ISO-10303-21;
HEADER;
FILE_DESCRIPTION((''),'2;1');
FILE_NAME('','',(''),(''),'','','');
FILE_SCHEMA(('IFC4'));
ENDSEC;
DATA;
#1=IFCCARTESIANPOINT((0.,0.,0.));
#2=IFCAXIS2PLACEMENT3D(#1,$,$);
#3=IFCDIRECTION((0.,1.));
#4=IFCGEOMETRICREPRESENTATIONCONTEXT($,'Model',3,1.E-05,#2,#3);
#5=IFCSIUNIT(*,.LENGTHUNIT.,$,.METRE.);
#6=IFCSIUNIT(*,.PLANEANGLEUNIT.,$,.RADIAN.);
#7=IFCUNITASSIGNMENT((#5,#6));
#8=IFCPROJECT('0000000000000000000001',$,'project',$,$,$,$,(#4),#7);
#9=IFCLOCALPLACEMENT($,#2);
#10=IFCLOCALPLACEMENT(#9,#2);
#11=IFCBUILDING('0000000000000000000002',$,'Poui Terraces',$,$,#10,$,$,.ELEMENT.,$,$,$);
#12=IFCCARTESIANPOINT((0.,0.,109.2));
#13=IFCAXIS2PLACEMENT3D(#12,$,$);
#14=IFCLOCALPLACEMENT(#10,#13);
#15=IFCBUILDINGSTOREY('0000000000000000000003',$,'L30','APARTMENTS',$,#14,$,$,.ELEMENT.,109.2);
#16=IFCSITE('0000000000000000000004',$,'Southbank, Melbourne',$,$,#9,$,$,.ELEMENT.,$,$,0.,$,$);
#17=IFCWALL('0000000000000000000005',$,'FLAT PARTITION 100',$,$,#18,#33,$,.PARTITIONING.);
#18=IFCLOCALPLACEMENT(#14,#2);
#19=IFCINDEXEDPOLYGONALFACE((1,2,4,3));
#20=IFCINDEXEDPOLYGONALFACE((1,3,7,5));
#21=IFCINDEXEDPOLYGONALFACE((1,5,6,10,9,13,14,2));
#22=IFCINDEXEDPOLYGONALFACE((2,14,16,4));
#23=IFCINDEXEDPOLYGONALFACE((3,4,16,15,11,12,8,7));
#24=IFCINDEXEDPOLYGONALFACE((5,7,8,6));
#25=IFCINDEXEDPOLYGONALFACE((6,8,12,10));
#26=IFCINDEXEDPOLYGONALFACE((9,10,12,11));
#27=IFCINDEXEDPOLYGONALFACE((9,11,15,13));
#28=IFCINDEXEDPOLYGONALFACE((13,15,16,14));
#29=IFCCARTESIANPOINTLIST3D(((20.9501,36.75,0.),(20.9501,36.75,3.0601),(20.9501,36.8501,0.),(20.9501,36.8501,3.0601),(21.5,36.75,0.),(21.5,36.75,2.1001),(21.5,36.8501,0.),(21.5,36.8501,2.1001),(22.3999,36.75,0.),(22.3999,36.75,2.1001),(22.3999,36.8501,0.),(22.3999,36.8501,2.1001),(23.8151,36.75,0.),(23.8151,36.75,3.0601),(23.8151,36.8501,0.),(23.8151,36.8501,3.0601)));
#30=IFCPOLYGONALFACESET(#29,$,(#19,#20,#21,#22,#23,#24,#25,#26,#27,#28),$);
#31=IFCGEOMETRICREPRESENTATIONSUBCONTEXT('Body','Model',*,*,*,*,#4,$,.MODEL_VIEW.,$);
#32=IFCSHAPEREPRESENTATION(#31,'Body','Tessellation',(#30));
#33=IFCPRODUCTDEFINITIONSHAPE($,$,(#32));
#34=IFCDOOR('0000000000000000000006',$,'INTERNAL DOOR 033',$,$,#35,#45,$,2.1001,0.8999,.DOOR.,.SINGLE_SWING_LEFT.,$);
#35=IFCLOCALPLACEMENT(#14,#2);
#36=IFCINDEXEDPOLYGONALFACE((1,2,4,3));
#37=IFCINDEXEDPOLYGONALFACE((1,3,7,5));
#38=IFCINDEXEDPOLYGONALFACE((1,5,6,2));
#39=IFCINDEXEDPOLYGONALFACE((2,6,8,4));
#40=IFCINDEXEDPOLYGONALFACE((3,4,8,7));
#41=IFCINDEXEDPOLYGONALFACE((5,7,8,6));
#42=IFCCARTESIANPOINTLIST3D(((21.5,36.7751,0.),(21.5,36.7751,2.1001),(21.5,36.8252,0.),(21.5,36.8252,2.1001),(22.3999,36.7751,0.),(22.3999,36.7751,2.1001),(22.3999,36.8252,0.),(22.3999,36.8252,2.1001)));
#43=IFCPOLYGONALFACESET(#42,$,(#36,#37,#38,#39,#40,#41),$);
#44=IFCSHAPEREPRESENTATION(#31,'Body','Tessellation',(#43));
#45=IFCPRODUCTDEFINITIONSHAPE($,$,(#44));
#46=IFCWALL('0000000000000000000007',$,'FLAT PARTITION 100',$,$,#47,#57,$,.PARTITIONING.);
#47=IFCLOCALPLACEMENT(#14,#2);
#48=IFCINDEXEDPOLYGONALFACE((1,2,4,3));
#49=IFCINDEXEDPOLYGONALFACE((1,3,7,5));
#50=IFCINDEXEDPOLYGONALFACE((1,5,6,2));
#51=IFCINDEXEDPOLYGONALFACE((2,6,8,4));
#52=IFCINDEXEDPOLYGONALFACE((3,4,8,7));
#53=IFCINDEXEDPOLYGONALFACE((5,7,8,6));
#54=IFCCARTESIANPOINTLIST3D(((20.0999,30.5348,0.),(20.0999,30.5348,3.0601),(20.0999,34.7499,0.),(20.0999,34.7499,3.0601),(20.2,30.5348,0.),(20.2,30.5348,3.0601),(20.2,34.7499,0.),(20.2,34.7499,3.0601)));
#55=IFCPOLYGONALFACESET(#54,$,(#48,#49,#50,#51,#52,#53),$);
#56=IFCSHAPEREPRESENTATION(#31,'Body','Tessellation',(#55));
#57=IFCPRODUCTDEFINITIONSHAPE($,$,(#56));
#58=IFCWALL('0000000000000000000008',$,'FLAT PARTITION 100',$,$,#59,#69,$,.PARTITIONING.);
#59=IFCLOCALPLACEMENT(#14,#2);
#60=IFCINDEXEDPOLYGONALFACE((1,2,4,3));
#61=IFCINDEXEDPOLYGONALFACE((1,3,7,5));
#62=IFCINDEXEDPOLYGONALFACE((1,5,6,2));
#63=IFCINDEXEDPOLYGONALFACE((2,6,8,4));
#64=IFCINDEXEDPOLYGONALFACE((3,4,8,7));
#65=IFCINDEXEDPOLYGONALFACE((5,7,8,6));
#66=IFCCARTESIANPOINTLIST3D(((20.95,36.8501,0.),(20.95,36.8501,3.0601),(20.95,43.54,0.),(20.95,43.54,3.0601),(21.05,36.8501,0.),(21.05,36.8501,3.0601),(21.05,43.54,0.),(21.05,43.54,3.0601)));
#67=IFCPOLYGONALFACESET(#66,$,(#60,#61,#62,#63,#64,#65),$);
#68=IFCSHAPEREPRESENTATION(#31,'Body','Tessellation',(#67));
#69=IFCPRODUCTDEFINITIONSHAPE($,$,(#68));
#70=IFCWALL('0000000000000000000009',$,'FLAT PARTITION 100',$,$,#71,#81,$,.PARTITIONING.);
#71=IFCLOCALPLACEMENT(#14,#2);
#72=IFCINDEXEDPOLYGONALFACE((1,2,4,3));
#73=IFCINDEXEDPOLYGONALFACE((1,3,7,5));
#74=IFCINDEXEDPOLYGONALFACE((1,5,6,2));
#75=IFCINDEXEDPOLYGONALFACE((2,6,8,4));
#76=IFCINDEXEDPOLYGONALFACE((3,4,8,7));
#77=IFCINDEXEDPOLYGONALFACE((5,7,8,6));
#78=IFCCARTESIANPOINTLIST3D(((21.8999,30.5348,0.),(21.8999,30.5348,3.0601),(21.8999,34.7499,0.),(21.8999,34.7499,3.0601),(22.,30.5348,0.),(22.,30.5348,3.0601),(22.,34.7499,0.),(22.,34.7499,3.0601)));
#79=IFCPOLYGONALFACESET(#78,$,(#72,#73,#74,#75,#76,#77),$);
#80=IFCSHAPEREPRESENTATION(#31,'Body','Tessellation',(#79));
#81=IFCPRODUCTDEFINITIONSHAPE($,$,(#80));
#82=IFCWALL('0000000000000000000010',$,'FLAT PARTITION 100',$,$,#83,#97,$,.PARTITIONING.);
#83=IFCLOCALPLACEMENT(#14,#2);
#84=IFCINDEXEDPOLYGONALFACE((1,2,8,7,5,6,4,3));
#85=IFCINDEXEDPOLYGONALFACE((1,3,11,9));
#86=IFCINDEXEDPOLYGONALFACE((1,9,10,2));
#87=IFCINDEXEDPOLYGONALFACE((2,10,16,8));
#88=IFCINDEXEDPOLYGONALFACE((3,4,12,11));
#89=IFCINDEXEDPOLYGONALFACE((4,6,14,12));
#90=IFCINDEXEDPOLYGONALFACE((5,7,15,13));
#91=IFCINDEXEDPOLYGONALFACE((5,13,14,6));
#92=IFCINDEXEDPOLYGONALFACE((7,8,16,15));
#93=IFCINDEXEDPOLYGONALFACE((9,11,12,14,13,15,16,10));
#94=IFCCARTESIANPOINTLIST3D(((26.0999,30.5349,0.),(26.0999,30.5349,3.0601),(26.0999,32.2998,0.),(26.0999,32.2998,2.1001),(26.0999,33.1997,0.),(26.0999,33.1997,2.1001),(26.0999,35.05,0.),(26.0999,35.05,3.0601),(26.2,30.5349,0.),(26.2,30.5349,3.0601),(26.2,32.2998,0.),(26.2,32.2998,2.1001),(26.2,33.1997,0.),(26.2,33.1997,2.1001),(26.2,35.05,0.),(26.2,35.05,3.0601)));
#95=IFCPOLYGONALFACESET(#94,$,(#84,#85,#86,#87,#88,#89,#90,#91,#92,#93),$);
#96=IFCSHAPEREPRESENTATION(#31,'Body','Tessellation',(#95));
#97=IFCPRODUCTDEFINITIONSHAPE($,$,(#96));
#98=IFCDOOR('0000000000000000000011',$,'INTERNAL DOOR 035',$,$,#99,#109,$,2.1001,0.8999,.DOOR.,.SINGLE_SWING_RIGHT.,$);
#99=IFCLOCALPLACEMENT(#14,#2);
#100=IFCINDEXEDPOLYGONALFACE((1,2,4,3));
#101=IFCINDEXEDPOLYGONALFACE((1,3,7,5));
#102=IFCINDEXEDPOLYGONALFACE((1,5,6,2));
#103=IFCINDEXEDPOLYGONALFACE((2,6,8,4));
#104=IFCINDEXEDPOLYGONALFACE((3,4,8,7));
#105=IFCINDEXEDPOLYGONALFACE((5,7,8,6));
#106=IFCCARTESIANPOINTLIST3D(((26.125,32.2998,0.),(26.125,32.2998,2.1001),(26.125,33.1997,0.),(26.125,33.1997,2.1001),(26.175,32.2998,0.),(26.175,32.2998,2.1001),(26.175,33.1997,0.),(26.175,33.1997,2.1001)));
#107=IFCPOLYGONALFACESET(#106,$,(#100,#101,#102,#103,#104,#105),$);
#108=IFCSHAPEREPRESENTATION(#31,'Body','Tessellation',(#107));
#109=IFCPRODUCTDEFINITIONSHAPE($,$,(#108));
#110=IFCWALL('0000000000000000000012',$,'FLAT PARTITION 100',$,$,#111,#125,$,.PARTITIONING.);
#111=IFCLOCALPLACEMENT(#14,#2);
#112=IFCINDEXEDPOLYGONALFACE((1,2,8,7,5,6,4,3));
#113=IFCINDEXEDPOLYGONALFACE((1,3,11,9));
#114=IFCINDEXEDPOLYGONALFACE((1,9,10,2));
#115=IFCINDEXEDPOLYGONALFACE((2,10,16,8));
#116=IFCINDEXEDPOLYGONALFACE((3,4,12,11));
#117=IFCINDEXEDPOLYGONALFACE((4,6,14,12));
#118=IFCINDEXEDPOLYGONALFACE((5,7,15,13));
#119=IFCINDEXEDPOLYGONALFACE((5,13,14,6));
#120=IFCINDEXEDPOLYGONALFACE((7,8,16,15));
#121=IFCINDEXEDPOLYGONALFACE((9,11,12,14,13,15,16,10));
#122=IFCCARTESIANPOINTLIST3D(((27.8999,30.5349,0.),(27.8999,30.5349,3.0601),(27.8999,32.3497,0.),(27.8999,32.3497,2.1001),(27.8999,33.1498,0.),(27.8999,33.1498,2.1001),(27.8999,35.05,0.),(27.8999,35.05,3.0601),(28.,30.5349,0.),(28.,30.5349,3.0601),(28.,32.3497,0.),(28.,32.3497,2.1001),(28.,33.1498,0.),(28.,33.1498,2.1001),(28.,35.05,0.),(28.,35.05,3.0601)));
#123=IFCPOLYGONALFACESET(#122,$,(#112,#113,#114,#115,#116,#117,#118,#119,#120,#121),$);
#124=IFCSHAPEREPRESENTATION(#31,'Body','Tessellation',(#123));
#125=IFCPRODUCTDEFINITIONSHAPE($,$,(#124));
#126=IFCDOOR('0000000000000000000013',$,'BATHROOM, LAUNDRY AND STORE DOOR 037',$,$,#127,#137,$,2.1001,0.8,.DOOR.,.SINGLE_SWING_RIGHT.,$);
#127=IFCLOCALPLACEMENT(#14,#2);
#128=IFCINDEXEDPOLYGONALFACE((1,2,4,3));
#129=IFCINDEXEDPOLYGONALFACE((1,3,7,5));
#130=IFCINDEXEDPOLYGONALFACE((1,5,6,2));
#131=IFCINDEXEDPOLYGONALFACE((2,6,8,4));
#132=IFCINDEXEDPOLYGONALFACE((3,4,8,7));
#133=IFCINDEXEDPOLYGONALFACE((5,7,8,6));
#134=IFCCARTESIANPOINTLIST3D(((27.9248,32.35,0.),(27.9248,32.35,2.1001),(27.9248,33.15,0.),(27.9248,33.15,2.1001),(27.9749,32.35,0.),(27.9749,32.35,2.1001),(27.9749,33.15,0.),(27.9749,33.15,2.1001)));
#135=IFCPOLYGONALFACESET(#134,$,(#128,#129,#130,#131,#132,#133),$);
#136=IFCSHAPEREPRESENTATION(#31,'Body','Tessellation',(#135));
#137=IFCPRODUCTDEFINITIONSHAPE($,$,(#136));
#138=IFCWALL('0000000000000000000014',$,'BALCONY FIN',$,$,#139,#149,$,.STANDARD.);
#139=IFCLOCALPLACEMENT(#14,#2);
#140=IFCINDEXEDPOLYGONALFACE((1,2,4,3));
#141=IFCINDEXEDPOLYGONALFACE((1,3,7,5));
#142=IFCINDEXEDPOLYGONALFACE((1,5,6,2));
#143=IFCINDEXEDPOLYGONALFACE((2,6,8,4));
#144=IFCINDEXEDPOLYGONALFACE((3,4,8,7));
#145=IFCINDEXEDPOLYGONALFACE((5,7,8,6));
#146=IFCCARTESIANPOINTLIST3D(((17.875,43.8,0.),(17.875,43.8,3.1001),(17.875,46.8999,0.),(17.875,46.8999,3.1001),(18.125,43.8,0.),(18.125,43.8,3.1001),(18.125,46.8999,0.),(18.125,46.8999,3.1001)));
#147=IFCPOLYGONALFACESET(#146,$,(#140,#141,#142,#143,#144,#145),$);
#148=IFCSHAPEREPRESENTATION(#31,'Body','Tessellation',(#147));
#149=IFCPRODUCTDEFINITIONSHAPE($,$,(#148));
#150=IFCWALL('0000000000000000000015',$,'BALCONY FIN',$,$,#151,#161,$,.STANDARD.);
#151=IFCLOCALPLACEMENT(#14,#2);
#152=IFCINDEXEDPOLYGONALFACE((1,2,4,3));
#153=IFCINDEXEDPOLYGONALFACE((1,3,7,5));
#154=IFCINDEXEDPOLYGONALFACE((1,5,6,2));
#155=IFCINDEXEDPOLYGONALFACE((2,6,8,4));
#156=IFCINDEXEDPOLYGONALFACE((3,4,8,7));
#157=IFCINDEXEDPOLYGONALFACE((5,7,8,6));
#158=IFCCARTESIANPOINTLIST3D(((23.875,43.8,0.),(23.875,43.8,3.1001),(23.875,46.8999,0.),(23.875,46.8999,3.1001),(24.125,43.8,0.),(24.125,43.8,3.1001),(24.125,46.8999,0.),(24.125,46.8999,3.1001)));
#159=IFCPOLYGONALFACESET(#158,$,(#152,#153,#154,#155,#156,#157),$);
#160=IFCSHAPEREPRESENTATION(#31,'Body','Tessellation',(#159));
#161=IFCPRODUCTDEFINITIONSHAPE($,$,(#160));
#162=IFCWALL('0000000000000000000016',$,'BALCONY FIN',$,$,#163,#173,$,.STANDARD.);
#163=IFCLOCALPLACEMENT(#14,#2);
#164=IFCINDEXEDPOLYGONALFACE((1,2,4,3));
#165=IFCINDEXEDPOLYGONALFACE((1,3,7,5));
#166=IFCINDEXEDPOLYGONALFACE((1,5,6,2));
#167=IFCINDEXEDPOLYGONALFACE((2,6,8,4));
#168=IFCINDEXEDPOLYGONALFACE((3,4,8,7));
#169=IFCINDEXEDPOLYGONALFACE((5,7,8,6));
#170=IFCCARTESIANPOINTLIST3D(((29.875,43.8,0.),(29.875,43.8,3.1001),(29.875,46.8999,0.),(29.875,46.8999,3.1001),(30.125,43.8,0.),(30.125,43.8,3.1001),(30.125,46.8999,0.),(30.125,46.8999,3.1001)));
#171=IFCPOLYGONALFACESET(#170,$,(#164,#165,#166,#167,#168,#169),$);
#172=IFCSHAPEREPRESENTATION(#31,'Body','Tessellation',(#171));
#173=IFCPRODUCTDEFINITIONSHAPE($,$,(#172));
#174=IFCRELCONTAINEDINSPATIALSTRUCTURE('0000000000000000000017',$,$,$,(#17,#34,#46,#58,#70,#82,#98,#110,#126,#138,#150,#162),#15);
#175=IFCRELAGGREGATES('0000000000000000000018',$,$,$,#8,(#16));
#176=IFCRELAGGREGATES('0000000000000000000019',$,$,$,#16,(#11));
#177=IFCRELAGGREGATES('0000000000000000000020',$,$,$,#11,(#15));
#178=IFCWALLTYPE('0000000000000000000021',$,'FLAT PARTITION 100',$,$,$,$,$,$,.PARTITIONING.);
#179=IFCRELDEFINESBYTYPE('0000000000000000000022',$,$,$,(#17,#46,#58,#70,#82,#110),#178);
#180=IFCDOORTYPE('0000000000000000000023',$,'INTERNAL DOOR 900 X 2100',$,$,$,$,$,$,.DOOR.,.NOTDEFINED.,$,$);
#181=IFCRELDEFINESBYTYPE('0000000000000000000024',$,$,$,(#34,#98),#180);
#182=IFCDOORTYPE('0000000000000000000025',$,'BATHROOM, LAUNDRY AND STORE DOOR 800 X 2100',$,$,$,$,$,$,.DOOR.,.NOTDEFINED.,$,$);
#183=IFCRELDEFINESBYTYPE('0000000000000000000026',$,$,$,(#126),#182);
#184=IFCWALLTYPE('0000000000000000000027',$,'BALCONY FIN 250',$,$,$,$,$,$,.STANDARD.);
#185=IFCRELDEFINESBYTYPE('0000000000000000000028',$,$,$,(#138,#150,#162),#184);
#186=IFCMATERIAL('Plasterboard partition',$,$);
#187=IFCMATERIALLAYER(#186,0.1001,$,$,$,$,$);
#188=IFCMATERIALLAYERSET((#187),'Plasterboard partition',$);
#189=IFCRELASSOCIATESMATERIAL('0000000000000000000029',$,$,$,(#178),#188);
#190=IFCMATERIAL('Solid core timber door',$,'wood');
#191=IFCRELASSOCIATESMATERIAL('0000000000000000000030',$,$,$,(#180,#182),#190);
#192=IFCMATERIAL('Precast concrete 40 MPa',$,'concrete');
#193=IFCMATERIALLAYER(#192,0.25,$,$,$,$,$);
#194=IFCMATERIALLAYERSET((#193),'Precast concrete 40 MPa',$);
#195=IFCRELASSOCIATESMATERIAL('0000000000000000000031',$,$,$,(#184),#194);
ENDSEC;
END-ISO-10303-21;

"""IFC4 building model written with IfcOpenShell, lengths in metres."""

from ifc_helpers import new_model, si_unit, direction, frame, frame_2d, origin, place, context, subcontext, project, spatial, polyline, rectangle, outline, extrude, source, transform, mapped, material, layer, layer_set, type_object, element, fill, save


model = new_model("IFC4")

# Units and contexts
model_context = context("Model", 3, precision=1e-05, world=origin(), true_north=direction((0.0, 1.0)))
body_context = subcontext(model_context, "Body", "Model", "MODEL_VIEW")
ifc_project = project(units=[si_unit("LENGTHUNIT", "METRE"), si_unit("PLANEANGLEUNIT", "RADIAN")], contexts=[model_context])

# Site, building, storey
site_placement = place(None, origin())
site = spatial("IfcSite", under=ifc_project, at=site_placement, Name="Southbank, Melbourne", CompositionType="ELEMENT", RefElevation=0.0)
building_placement = place(site_placement, origin())
building = spatial("IfcBuilding", under=site, at=building_placement, Name="Poui Terraces", CompositionType="ELEMENT")
storey_placement = place(building_placement, frame((0.0, 0.0, 109.2)))
storey = spatial("IfcBuildingStorey", under=building, at=storey_placement, Name="L30", Description="APARTMENTS", CompositionType="ELEMENT", Elevation=109.2)

# Shared definitions
ifc_material_1 = material(Name="Plasterboard partition")
ifc_layer_1 = layer(ifc_material_1, 0.1001)
ifc_layer_set_1 = layer_set([ifc_layer_1], Name="Plasterboard partition")
wall_type_1 = type_object("IfcWallType", Name="FLAT PARTITION 100", PredefinedType="PARTITIONING", material=ifc_layer_set_1)
ifc_material_2 = material(Name="Solid core timber door", Category="wood")
door_type_1 = type_object("IfcDoorType", Name="INTERNAL DOOR 900 X 2100", OperationType="NOTDEFINED", PredefinedType="DOOR", material=ifc_material_2)
door_type_2 = type_object("IfcDoorType", Name="BATHROOM, LAUNDRY AND STORE DOOR 800 X 2100", OperationType="NOTDEFINED", PredefinedType="DOOR", material=ifc_material_2)

# Wall, opening, door
wall_1_placement = place(storey_placement, frame((20.95, 36.8, 0.0), z_axis=(0.0, 0.0, 1.0), x_axis=(1.0, 0.0, 0.0)))
wall_1 = element("IfcWall", 1, at=wall_1_placement, inside=storey, type_object=wall_type_1, Name="FLAT PARTITION 100", PredefinedType="PARTITIONING", context=body_context, shape_type="SweptSolid", body=[
    extrude(rectangle(XDim=2.865, YDim=0.1001, at=frame_2d((1.4326, 0.0))), origin(), (0.0, 0.0, 1.0), 3.0601),
])
opening_1_placement = place(wall_1_placement, frame((0.55, 0.0, 0.0)))
opening_1 = element("IfcOpeningElement", 2, at=opening_1_placement, cuts=wall_1, PredefinedType="OPENING", context=body_context, shape_type="SweptSolid", body=[
    extrude(rectangle(XDim=0.8999, YDim=2.1001, at=frame_2d((0.45, 1.05))), frame((0.0, 0.0601, 0.0), z_axis=(0.0, -1.0, 0.0), x_axis=(1.0, 0.0, 0.0)), (0.0, 0.0, 1.0), 0.1201),
])
door_1_placement = place(opening_1_placement, frame((0.8999, 0.0, 0.0), z_axis=(0.0, 0.0, 1.0), x_axis=(-1.0, 0.0, 0.0)))
door_1 = element("IfcDoor", 3, at=door_1_placement, inside=storey, type_object=door_type_1, Name="INTERNAL DOOR 033", OperationType="SINGLE_SWING_LEFT", OverallHeight=2.1001, OverallWidth=0.8999, PredefinedType="DOOR", context=body_context, shape_type="SweptSolid", body=[
    extrude(rectangle(XDim=0.8999, YDim=2.1001, at=frame_2d((0.45, 1.05))), frame((0.0, 0.0249, 0.0), z_axis=(0.0, -1.0, 0.0), x_axis=(1.0, 0.0, 0.0)), (0.0, 0.0, 1.0), 0.05),
])
fill(opening_1, door_1)

# Walls
wall_2_placement = place(storey_placement, frame((20.1499, 30.5349, 0.0), z_axis=(0.0, 0.0, 1.0), x_axis=(0.0, 1.0, 0.0)))
element("IfcWall", 4, at=wall_2_placement, inside=storey, type_object=wall_type_1, Name="FLAT PARTITION 100", PredefinedType="PARTITIONING", context=body_context, shape_type="SweptSolid", body=[
    extrude(rectangle(XDim=4.2151, YDim=0.1001, at=frame_2d((2.1074, 0.0))), origin(), (0.0, 0.0, 1.0), 3.0601),
])
wall_3_placement = place(storey_placement, frame((21.0, 36.8501, 0.0), z_axis=(0.0, 0.0, 1.0), x_axis=(0.0, 1.0, 0.0)))
element("IfcWall", 5, at=wall_3_placement, inside=storey, type_object=wall_type_1, Name="FLAT PARTITION 100", PredefinedType="PARTITIONING", context=body_context, shape_type="SweptSolid", body=[
    extrude(rectangle(XDim=6.6899, YDim=0.1001, at=frame_2d((3.345, 0.0))), origin(), (0.0, 0.0, 1.0), 3.0601),
])
wall_4_placement = place(storey_placement, frame((21.95, 30.5349, 0.0), z_axis=(0.0, 0.0, 1.0), x_axis=(0.0, 1.0, 0.0)))
element("IfcWall", 6, at=wall_4_placement, inside=storey, type_object=wall_type_1, Name="FLAT PARTITION 100", PredefinedType="PARTITIONING", context=body_context, shape_type="SweptSolid", body=[
    extrude(rectangle(XDim=4.2151, YDim=0.1001, at=frame_2d((2.1074, 0.0))), origin(), (0.0, 0.0, 1.0), 3.0601),
])

# Walls, openings, doors
wall_5_placement = place(storey_placement, frame((26.1499, 30.5349, 0.0), z_axis=(0.0, 0.0, 1.0), x_axis=(0.0, 1.0, 0.0)))
wall_5 = element("IfcWall", 7, at=wall_5_placement, inside=storey, type_object=wall_type_1, Name="FLAT PARTITION 100", PredefinedType="PARTITIONING", context=body_context, shape_type="SweptSolid", body=[
    extrude(rectangle(XDim=4.5151, YDim=0.1001, at=frame_2d((2.2576, 0.0))), origin(), (0.0, 0.0, 1.0), 3.0601),
])
opening_2_placement = place(wall_5_placement, frame((1.7649, 0.0, 0.0)))
opening_2 = element("IfcOpeningElement", 8, at=opening_2_placement, cuts=wall_5, PredefinedType="OPENING", context=body_context, shape_type="SweptSolid", body=[
    extrude(rectangle(XDim=0.8999, YDim=2.1001, at=frame_2d((0.45, 1.05))), frame((0.0, 0.0601, 0.0), z_axis=(0.0, -1.0, 0.0), x_axis=(1.0, 0.0, 0.0)), (0.0, 0.0, 1.0), 0.1201),
])
door_2_placement = place(opening_2_placement, origin())
door_2 = element("IfcDoor", 9, at=door_2_placement, inside=storey, type_object=door_type_1, Name="INTERNAL DOOR 035", OperationType="SINGLE_SWING_RIGHT", OverallHeight=2.1001, OverallWidth=0.8999, PredefinedType="DOOR", context=body_context, shape_type="SweptSolid", body=[
    extrude(rectangle(XDim=0.8999, YDim=2.1001, at=frame_2d((0.45, 1.05))), frame((0.0, 0.0249, 0.0), z_axis=(0.0, -1.0, 0.0), x_axis=(1.0, 0.0, 0.0)), (0.0, 0.0, 1.0), 0.05),
])
fill(opening_2, door_2)
wall_6_placement = place(storey_placement, frame((27.95, 30.5349, 0.0), z_axis=(0.0, 0.0, 1.0), x_axis=(0.0, 1.0, 0.0)))
wall_6 = element("IfcWall", 10, at=wall_6_placement, inside=storey, type_object=wall_type_1, Name="FLAT PARTITION 100", PredefinedType="PARTITIONING", context=body_context, shape_type="SweptSolid", body=[
    extrude(rectangle(XDim=4.5151, YDim=0.1001, at=frame_2d((2.2576, 0.0))), origin(), (0.0, 0.0, 1.0), 3.0601),
])
opening_3_placement = place(wall_6_placement, frame((1.8149, 0.0, 0.0)))
opening_3 = element("IfcOpeningElement", 11, at=opening_3_placement, cuts=wall_6, PredefinedType="OPENING", context=body_context, shape_type="SweptSolid", body=[
    extrude(rectangle(XDim=0.8, YDim=2.1001, at=frame_2d((0.3999, 1.05))), frame((0.0, 0.0601, 0.0), z_axis=(0.0, -1.0, 0.0), x_axis=(1.0, 0.0, 0.0)), (0.0, 0.0, 1.0), 0.1201),
])
door_3_placement = place(opening_3_placement, frame((0.8, 0.0, 0.0), z_axis=(0.0, 0.0, 1.0), x_axis=(-1.0, 0.0, 0.0)))
door_3 = element("IfcDoor", 12, at=door_3_placement, inside=storey, type_object=door_type_2, Name="BATHROOM, LAUNDRY AND STORE DOOR 037", OperationType="SINGLE_SWING_RIGHT", OverallHeight=2.1001, OverallWidth=0.8, PredefinedType="DOOR", context=body_context, shape_type="SweptSolid", body=[
    extrude(rectangle(XDim=0.8, YDim=2.1001, at=frame_2d((0.3999, 1.05))), frame((0.0, 0.0249, 0.0), z_axis=(0.0, -1.0, 0.0), x_axis=(1.0, 0.0, 0.0)), (0.0, 0.0, 1.0), 0.05),
])
fill(opening_3, door_3)

# Walls
ifc_material_3 = material(Name="Precast concrete 40 MPa", Category="concrete")
ifc_layer_2 = layer(ifc_material_3, 0.25)
ifc_layer_set_2 = layer_set([ifc_layer_2], Name="Precast concrete 40 MPa")
wall_type_2 = type_object("IfcWallType", Name="BALCONY FIN 250", PredefinedType="STANDARD", material=ifc_layer_set_2)
shared_shape_1 = source(origin(), body_context, "Body", "SweptSolid", [
    extrude(outline(polyline([(0.0, 0.0), (0.25, 0.0), (0.25, 3.0999), (0.0, 3.0999), (0.0, 0.0)])), origin(), (0.0, 0.0, 1.0), 3.1001),
])
for number, where, name in (
    (13, (17.875, 43.8, 0.0), "BALCONY FIN"),
    (14, (23.875, 43.8, 0.0), "BALCONY FIN"),
    (15, (29.875, 43.8, 0.0), "BALCONY FIN"),
):
    element("IfcWall", number, at=place(storey_placement, frame(where)), inside=storey, type_object=wall_type_2, Name=name, PredefinedType="STANDARD", context=body_context, shape_type="MappedRepresentation", body=[
        mapped(shared_shape_1, transform((0.0, 0.0, 0.0))),
    ])

save(model, "model.ifc")
